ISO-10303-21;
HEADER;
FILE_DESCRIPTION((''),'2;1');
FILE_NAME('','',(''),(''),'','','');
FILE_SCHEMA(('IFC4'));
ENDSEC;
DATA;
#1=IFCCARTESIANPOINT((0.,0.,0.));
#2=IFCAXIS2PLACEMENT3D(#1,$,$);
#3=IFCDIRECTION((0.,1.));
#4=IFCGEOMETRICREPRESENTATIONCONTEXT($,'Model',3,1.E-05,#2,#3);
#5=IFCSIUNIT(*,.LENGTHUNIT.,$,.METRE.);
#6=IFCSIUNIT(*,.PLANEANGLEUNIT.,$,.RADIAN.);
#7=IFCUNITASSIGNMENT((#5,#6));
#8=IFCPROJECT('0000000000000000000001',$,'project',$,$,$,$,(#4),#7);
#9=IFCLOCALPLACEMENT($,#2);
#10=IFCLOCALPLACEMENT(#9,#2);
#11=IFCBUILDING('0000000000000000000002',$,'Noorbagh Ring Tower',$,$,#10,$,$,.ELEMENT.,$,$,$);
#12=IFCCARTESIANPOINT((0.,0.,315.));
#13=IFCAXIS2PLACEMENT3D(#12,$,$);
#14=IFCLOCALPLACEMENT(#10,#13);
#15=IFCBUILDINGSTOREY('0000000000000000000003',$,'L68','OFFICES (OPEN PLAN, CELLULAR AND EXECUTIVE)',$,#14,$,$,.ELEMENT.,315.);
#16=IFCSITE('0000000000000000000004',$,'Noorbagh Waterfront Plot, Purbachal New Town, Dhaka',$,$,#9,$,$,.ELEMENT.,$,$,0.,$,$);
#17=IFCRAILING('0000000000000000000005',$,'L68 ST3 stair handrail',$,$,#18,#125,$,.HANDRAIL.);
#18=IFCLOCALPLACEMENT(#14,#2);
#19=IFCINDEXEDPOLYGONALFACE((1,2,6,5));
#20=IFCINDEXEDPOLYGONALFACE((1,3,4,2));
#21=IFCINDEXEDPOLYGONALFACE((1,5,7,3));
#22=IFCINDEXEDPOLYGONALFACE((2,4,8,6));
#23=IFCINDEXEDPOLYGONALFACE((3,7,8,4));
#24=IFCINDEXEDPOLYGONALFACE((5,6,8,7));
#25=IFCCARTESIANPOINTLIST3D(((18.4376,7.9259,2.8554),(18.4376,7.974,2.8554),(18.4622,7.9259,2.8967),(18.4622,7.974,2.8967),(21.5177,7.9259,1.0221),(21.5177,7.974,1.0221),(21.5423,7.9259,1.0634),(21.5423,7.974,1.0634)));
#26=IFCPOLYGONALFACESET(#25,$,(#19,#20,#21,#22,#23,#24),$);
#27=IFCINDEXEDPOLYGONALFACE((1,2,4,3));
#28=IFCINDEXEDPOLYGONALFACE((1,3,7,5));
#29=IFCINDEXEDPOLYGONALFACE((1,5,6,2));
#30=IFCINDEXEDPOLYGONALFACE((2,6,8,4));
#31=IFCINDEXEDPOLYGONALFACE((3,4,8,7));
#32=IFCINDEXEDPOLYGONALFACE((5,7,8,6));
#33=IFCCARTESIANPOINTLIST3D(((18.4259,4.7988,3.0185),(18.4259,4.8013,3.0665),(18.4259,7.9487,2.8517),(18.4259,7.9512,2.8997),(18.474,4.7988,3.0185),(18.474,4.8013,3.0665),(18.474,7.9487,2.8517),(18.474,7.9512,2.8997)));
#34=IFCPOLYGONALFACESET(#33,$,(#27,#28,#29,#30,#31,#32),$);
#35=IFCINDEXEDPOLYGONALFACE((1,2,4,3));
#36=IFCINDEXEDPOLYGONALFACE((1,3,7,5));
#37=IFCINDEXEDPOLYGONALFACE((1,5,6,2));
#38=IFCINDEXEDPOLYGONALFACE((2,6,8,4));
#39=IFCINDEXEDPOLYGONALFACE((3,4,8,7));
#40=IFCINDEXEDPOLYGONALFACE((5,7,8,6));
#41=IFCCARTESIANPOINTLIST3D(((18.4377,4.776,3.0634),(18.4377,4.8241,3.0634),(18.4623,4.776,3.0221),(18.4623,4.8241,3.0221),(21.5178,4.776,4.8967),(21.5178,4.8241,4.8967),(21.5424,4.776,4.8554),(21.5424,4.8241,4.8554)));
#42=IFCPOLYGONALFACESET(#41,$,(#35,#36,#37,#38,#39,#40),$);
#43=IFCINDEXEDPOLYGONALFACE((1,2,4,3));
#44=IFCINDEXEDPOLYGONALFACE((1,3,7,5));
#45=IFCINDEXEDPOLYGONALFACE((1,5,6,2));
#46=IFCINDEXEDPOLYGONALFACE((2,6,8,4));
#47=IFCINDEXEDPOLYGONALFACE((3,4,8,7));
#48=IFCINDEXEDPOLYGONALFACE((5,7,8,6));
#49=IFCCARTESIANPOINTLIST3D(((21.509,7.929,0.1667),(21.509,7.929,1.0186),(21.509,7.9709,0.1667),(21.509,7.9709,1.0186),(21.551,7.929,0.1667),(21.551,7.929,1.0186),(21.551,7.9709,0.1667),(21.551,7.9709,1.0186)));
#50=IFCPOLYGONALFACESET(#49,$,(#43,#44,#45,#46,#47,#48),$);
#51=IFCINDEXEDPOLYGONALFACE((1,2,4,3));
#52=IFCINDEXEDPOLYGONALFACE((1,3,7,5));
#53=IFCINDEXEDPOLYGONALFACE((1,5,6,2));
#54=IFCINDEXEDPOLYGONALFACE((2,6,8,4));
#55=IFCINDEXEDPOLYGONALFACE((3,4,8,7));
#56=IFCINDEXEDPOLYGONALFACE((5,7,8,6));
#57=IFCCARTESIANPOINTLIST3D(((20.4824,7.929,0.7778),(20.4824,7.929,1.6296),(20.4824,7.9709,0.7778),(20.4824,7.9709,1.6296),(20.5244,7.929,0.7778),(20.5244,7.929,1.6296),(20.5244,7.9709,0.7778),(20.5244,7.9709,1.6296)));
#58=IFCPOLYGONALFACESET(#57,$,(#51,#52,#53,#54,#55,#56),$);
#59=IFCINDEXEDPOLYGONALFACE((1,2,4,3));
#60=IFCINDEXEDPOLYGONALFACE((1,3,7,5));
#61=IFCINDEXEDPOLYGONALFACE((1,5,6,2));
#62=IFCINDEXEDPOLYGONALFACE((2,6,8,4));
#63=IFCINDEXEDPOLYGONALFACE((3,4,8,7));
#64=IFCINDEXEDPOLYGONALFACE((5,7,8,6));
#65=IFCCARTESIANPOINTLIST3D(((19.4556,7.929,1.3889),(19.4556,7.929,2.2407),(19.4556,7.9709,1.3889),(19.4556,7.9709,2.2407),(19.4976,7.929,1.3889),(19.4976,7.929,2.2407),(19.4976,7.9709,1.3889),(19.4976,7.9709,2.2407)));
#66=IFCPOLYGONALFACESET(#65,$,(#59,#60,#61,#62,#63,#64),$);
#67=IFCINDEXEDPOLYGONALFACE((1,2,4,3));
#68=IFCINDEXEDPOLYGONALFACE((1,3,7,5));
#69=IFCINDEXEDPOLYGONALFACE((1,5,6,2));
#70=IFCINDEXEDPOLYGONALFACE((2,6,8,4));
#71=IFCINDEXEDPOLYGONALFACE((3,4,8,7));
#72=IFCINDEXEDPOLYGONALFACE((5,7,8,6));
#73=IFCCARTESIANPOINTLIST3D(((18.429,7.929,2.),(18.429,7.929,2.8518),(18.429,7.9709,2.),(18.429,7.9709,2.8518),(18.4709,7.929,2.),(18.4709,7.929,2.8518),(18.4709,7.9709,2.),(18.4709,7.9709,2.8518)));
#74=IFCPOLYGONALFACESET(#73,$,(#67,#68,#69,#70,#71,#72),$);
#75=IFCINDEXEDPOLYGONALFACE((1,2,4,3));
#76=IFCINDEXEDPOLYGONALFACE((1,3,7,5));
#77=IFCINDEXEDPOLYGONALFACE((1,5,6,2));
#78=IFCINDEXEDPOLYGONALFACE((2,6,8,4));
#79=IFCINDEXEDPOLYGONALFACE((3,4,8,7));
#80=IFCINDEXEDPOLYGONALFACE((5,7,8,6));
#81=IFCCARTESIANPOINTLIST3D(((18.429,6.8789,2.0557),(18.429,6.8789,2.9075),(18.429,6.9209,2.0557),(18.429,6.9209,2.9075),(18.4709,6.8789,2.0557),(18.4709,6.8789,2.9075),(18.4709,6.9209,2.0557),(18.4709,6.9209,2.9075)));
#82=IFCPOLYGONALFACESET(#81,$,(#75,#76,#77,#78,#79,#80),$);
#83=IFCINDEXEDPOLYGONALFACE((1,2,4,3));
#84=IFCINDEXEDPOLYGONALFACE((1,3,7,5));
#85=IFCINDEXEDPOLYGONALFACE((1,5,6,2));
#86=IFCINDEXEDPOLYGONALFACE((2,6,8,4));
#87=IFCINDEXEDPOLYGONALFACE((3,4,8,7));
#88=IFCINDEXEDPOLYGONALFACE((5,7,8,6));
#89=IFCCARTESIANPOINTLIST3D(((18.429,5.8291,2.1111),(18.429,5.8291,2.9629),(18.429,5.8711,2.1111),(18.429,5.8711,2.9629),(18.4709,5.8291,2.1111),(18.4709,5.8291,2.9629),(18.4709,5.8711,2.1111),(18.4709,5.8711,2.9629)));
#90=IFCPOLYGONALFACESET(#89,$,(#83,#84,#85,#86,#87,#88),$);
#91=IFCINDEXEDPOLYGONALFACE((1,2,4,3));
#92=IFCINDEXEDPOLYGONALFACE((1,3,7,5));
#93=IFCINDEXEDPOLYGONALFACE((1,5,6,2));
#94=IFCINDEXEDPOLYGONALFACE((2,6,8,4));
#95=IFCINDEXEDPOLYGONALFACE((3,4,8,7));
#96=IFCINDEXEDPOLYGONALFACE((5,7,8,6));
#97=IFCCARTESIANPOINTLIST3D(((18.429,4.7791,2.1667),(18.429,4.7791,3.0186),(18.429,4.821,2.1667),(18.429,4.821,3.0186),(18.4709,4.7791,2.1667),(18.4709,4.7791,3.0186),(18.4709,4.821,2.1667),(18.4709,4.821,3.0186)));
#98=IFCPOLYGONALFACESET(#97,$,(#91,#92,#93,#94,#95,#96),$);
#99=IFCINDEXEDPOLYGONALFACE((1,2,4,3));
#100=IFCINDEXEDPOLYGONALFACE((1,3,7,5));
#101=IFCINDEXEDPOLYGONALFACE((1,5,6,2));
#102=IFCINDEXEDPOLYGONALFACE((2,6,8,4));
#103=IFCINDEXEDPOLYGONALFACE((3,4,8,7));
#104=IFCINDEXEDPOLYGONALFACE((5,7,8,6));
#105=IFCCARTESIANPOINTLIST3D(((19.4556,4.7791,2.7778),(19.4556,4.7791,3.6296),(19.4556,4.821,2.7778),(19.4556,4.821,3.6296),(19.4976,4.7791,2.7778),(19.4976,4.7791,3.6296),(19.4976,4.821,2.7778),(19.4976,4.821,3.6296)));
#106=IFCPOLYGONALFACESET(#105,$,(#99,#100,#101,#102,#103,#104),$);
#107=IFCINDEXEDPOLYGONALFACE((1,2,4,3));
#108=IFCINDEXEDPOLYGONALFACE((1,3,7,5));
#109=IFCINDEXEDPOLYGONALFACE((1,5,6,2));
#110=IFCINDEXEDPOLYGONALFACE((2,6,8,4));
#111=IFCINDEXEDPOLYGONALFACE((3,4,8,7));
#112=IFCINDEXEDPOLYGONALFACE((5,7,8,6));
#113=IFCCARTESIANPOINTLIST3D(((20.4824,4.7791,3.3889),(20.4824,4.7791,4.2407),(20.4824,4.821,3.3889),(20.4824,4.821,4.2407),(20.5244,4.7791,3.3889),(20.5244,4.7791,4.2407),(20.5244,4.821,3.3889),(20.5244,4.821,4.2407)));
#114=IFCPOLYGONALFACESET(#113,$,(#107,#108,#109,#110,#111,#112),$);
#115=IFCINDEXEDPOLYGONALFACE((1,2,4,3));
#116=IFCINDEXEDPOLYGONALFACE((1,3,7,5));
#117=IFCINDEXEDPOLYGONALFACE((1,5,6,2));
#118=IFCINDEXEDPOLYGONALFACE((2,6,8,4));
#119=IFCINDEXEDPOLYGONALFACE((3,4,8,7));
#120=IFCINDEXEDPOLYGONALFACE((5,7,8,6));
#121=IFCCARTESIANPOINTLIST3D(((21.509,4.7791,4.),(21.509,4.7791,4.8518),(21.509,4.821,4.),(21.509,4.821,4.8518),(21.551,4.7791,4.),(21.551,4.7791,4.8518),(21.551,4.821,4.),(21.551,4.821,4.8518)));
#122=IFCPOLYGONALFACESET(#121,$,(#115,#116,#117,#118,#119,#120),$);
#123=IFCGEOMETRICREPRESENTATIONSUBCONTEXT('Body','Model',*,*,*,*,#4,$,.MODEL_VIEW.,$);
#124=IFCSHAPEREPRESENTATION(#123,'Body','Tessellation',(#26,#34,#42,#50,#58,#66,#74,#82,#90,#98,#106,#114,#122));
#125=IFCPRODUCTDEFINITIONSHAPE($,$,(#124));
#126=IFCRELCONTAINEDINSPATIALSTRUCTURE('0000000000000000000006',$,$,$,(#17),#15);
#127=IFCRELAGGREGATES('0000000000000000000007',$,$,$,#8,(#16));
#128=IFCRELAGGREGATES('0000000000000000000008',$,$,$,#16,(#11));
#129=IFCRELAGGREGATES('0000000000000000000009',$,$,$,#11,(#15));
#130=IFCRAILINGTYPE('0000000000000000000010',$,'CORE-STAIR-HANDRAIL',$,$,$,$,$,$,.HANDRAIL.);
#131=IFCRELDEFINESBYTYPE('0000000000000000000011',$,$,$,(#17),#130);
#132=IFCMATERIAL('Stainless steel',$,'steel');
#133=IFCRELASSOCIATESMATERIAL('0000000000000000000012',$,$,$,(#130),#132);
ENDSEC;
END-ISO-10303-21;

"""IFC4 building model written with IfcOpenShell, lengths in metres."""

from ifc_helpers import new_model, si_unit, direction, frame, origin, origin_2d, place, context, subcontext, project, spatial, rectangle, extrude, material, type_object, element, save


model = new_model("IFC4")

# Units and contexts
model_context = context("Model", 3, precision=1e-05, world=origin(), true_north=direction((0.0, 1.0)))
body_context = subcontext(model_context, "Body", "Model", "MODEL_VIEW")
ifc_project = project(units=[si_unit("LENGTHUNIT", "METRE"), si_unit("PLANEANGLEUNIT", "RADIAN")], contexts=[model_context])

# Site, building, storey
site_placement = place(None, origin())
site = spatial("IfcSite", under=ifc_project, at=site_placement, Name="Noorbagh Waterfront Plot, Purbachal New Town, Dhaka", CompositionType="ELEMENT", RefElevation=0.0)
building_placement = place(site_placement, origin())
building = spatial("IfcBuilding", under=site, at=building_placement, Name="Noorbagh Ring Tower", CompositionType="ELEMENT")
storey_placement = place(building_placement, frame((0.0, 0.0, 315.0)))
storey = spatial("IfcBuildingStorey", under=building, at=storey_placement, Name="L68", Description="OFFICES (OPEN PLAN, CELLULAR AND EXECUTIVE)", CompositionType="ELEMENT", Elevation=315.0)

# Railing
ifc_material_1 = material(Name="Stainless steel", Category="steel")
railing_type_1 = type_object("IfcRailingType", Name="CORE-STAIR-HANDRAIL", PredefinedType="HANDRAIL", material=ifc_material_1)
railing_1_placement = place(storey_placement, frame((21.53, 7.95, 0.1667)))
element("IfcRailing", 1, at=railing_1_placement, inside=storey, type_object=railing_type_1, Name="L68 ST3 stair handrail", PredefinedType="HANDRAIL", context=body_context, shape_type="SweptSolid", body=[
    extrude(rectangle(XDim=0.0481, YDim=0.0481, at=origin_2d()), frame((0.0, 0.0, 0.876), z_axis=(-0.859309, 0.0, 0.511458), x_axis=(0.0, -1.0, 0.0)), (0.0, 0.0, 1.0), 3.5845),
    extrude(rectangle(XDim=0.0481, YDim=0.0481, at=origin_2d()), frame((-3.0801, 0.0, 2.709), z_axis=(0.0, -0.998602, 0.052864), x_axis=(1.0, 0.0, 0.0)), (0.0, 0.0, 1.0), 3.1543),
    extrude(rectangle(XDim=0.0481, YDim=0.0481, at=origin_2d()), frame((-3.0801, -3.1499, 2.876), z_axis=(0.859309, 0.0, 0.511458), x_axis=(0.0, 1.0, 0.0)), (0.0, 0.0, 1.0), 3.5845),
    extrude(rectangle(XDim=0.042, YDim=0.042, at=origin_2d()), origin(), (0.0, 0.0, 1.0), 0.8518),
    extrude(rectangle(XDim=0.042, YDim=0.042, at=origin_2d()), frame((-1.0266, 0.0, 0.6111)), (0.0, 0.0, 1.0), 0.8518),
    extrude(rectangle(XDim=0.042, YDim=0.042, at=origin_2d()), frame((-2.0535, 0.0, 1.2222)), (0.0, 0.0, 1.0), 0.8518),
    extrude(rectangle(XDim=0.042, YDim=0.042, at=origin_2d()), frame((-3.0801, 0.0, 1.8333)), (0.0, 0.0, 1.0), 0.8518),
    extrude(rectangle(XDim=0.042, YDim=0.042, at=origin_2d()), frame((-3.0801, -1.05, 1.8889)), (0.0, 0.0, 1.0), 0.8518),
    extrude(rectangle(XDim=0.042, YDim=0.042, at=origin_2d()), frame((-3.0801, -2.0999, 1.9443)), (0.0, 0.0, 1.0), 0.8518),
    extrude(rectangle(XDim=0.042, YDim=0.042, at=origin_2d()), frame((-3.0801, -3.1499, 2.0)), (0.0, 0.0, 1.0), 0.8518),
    extrude(rectangle(XDim=0.042, YDim=0.042, at=origin_2d()), frame((-2.0535, -3.1499, 2.6111)), (0.0, 0.0, 1.0), 0.8518),
    extrude(rectangle(XDim=0.042, YDim=0.042, at=origin_2d()), frame((-1.0266, -3.1499, 3.2222)), (0.0, 0.0, 1.0), 0.8518),
    extrude(rectangle(XDim=0.042, YDim=0.042, at=origin_2d()), frame((0.0, -3.1499, 3.8333)), (0.0, 0.0, 1.0), 0.8518),
])

save(model, "model.ifc")
